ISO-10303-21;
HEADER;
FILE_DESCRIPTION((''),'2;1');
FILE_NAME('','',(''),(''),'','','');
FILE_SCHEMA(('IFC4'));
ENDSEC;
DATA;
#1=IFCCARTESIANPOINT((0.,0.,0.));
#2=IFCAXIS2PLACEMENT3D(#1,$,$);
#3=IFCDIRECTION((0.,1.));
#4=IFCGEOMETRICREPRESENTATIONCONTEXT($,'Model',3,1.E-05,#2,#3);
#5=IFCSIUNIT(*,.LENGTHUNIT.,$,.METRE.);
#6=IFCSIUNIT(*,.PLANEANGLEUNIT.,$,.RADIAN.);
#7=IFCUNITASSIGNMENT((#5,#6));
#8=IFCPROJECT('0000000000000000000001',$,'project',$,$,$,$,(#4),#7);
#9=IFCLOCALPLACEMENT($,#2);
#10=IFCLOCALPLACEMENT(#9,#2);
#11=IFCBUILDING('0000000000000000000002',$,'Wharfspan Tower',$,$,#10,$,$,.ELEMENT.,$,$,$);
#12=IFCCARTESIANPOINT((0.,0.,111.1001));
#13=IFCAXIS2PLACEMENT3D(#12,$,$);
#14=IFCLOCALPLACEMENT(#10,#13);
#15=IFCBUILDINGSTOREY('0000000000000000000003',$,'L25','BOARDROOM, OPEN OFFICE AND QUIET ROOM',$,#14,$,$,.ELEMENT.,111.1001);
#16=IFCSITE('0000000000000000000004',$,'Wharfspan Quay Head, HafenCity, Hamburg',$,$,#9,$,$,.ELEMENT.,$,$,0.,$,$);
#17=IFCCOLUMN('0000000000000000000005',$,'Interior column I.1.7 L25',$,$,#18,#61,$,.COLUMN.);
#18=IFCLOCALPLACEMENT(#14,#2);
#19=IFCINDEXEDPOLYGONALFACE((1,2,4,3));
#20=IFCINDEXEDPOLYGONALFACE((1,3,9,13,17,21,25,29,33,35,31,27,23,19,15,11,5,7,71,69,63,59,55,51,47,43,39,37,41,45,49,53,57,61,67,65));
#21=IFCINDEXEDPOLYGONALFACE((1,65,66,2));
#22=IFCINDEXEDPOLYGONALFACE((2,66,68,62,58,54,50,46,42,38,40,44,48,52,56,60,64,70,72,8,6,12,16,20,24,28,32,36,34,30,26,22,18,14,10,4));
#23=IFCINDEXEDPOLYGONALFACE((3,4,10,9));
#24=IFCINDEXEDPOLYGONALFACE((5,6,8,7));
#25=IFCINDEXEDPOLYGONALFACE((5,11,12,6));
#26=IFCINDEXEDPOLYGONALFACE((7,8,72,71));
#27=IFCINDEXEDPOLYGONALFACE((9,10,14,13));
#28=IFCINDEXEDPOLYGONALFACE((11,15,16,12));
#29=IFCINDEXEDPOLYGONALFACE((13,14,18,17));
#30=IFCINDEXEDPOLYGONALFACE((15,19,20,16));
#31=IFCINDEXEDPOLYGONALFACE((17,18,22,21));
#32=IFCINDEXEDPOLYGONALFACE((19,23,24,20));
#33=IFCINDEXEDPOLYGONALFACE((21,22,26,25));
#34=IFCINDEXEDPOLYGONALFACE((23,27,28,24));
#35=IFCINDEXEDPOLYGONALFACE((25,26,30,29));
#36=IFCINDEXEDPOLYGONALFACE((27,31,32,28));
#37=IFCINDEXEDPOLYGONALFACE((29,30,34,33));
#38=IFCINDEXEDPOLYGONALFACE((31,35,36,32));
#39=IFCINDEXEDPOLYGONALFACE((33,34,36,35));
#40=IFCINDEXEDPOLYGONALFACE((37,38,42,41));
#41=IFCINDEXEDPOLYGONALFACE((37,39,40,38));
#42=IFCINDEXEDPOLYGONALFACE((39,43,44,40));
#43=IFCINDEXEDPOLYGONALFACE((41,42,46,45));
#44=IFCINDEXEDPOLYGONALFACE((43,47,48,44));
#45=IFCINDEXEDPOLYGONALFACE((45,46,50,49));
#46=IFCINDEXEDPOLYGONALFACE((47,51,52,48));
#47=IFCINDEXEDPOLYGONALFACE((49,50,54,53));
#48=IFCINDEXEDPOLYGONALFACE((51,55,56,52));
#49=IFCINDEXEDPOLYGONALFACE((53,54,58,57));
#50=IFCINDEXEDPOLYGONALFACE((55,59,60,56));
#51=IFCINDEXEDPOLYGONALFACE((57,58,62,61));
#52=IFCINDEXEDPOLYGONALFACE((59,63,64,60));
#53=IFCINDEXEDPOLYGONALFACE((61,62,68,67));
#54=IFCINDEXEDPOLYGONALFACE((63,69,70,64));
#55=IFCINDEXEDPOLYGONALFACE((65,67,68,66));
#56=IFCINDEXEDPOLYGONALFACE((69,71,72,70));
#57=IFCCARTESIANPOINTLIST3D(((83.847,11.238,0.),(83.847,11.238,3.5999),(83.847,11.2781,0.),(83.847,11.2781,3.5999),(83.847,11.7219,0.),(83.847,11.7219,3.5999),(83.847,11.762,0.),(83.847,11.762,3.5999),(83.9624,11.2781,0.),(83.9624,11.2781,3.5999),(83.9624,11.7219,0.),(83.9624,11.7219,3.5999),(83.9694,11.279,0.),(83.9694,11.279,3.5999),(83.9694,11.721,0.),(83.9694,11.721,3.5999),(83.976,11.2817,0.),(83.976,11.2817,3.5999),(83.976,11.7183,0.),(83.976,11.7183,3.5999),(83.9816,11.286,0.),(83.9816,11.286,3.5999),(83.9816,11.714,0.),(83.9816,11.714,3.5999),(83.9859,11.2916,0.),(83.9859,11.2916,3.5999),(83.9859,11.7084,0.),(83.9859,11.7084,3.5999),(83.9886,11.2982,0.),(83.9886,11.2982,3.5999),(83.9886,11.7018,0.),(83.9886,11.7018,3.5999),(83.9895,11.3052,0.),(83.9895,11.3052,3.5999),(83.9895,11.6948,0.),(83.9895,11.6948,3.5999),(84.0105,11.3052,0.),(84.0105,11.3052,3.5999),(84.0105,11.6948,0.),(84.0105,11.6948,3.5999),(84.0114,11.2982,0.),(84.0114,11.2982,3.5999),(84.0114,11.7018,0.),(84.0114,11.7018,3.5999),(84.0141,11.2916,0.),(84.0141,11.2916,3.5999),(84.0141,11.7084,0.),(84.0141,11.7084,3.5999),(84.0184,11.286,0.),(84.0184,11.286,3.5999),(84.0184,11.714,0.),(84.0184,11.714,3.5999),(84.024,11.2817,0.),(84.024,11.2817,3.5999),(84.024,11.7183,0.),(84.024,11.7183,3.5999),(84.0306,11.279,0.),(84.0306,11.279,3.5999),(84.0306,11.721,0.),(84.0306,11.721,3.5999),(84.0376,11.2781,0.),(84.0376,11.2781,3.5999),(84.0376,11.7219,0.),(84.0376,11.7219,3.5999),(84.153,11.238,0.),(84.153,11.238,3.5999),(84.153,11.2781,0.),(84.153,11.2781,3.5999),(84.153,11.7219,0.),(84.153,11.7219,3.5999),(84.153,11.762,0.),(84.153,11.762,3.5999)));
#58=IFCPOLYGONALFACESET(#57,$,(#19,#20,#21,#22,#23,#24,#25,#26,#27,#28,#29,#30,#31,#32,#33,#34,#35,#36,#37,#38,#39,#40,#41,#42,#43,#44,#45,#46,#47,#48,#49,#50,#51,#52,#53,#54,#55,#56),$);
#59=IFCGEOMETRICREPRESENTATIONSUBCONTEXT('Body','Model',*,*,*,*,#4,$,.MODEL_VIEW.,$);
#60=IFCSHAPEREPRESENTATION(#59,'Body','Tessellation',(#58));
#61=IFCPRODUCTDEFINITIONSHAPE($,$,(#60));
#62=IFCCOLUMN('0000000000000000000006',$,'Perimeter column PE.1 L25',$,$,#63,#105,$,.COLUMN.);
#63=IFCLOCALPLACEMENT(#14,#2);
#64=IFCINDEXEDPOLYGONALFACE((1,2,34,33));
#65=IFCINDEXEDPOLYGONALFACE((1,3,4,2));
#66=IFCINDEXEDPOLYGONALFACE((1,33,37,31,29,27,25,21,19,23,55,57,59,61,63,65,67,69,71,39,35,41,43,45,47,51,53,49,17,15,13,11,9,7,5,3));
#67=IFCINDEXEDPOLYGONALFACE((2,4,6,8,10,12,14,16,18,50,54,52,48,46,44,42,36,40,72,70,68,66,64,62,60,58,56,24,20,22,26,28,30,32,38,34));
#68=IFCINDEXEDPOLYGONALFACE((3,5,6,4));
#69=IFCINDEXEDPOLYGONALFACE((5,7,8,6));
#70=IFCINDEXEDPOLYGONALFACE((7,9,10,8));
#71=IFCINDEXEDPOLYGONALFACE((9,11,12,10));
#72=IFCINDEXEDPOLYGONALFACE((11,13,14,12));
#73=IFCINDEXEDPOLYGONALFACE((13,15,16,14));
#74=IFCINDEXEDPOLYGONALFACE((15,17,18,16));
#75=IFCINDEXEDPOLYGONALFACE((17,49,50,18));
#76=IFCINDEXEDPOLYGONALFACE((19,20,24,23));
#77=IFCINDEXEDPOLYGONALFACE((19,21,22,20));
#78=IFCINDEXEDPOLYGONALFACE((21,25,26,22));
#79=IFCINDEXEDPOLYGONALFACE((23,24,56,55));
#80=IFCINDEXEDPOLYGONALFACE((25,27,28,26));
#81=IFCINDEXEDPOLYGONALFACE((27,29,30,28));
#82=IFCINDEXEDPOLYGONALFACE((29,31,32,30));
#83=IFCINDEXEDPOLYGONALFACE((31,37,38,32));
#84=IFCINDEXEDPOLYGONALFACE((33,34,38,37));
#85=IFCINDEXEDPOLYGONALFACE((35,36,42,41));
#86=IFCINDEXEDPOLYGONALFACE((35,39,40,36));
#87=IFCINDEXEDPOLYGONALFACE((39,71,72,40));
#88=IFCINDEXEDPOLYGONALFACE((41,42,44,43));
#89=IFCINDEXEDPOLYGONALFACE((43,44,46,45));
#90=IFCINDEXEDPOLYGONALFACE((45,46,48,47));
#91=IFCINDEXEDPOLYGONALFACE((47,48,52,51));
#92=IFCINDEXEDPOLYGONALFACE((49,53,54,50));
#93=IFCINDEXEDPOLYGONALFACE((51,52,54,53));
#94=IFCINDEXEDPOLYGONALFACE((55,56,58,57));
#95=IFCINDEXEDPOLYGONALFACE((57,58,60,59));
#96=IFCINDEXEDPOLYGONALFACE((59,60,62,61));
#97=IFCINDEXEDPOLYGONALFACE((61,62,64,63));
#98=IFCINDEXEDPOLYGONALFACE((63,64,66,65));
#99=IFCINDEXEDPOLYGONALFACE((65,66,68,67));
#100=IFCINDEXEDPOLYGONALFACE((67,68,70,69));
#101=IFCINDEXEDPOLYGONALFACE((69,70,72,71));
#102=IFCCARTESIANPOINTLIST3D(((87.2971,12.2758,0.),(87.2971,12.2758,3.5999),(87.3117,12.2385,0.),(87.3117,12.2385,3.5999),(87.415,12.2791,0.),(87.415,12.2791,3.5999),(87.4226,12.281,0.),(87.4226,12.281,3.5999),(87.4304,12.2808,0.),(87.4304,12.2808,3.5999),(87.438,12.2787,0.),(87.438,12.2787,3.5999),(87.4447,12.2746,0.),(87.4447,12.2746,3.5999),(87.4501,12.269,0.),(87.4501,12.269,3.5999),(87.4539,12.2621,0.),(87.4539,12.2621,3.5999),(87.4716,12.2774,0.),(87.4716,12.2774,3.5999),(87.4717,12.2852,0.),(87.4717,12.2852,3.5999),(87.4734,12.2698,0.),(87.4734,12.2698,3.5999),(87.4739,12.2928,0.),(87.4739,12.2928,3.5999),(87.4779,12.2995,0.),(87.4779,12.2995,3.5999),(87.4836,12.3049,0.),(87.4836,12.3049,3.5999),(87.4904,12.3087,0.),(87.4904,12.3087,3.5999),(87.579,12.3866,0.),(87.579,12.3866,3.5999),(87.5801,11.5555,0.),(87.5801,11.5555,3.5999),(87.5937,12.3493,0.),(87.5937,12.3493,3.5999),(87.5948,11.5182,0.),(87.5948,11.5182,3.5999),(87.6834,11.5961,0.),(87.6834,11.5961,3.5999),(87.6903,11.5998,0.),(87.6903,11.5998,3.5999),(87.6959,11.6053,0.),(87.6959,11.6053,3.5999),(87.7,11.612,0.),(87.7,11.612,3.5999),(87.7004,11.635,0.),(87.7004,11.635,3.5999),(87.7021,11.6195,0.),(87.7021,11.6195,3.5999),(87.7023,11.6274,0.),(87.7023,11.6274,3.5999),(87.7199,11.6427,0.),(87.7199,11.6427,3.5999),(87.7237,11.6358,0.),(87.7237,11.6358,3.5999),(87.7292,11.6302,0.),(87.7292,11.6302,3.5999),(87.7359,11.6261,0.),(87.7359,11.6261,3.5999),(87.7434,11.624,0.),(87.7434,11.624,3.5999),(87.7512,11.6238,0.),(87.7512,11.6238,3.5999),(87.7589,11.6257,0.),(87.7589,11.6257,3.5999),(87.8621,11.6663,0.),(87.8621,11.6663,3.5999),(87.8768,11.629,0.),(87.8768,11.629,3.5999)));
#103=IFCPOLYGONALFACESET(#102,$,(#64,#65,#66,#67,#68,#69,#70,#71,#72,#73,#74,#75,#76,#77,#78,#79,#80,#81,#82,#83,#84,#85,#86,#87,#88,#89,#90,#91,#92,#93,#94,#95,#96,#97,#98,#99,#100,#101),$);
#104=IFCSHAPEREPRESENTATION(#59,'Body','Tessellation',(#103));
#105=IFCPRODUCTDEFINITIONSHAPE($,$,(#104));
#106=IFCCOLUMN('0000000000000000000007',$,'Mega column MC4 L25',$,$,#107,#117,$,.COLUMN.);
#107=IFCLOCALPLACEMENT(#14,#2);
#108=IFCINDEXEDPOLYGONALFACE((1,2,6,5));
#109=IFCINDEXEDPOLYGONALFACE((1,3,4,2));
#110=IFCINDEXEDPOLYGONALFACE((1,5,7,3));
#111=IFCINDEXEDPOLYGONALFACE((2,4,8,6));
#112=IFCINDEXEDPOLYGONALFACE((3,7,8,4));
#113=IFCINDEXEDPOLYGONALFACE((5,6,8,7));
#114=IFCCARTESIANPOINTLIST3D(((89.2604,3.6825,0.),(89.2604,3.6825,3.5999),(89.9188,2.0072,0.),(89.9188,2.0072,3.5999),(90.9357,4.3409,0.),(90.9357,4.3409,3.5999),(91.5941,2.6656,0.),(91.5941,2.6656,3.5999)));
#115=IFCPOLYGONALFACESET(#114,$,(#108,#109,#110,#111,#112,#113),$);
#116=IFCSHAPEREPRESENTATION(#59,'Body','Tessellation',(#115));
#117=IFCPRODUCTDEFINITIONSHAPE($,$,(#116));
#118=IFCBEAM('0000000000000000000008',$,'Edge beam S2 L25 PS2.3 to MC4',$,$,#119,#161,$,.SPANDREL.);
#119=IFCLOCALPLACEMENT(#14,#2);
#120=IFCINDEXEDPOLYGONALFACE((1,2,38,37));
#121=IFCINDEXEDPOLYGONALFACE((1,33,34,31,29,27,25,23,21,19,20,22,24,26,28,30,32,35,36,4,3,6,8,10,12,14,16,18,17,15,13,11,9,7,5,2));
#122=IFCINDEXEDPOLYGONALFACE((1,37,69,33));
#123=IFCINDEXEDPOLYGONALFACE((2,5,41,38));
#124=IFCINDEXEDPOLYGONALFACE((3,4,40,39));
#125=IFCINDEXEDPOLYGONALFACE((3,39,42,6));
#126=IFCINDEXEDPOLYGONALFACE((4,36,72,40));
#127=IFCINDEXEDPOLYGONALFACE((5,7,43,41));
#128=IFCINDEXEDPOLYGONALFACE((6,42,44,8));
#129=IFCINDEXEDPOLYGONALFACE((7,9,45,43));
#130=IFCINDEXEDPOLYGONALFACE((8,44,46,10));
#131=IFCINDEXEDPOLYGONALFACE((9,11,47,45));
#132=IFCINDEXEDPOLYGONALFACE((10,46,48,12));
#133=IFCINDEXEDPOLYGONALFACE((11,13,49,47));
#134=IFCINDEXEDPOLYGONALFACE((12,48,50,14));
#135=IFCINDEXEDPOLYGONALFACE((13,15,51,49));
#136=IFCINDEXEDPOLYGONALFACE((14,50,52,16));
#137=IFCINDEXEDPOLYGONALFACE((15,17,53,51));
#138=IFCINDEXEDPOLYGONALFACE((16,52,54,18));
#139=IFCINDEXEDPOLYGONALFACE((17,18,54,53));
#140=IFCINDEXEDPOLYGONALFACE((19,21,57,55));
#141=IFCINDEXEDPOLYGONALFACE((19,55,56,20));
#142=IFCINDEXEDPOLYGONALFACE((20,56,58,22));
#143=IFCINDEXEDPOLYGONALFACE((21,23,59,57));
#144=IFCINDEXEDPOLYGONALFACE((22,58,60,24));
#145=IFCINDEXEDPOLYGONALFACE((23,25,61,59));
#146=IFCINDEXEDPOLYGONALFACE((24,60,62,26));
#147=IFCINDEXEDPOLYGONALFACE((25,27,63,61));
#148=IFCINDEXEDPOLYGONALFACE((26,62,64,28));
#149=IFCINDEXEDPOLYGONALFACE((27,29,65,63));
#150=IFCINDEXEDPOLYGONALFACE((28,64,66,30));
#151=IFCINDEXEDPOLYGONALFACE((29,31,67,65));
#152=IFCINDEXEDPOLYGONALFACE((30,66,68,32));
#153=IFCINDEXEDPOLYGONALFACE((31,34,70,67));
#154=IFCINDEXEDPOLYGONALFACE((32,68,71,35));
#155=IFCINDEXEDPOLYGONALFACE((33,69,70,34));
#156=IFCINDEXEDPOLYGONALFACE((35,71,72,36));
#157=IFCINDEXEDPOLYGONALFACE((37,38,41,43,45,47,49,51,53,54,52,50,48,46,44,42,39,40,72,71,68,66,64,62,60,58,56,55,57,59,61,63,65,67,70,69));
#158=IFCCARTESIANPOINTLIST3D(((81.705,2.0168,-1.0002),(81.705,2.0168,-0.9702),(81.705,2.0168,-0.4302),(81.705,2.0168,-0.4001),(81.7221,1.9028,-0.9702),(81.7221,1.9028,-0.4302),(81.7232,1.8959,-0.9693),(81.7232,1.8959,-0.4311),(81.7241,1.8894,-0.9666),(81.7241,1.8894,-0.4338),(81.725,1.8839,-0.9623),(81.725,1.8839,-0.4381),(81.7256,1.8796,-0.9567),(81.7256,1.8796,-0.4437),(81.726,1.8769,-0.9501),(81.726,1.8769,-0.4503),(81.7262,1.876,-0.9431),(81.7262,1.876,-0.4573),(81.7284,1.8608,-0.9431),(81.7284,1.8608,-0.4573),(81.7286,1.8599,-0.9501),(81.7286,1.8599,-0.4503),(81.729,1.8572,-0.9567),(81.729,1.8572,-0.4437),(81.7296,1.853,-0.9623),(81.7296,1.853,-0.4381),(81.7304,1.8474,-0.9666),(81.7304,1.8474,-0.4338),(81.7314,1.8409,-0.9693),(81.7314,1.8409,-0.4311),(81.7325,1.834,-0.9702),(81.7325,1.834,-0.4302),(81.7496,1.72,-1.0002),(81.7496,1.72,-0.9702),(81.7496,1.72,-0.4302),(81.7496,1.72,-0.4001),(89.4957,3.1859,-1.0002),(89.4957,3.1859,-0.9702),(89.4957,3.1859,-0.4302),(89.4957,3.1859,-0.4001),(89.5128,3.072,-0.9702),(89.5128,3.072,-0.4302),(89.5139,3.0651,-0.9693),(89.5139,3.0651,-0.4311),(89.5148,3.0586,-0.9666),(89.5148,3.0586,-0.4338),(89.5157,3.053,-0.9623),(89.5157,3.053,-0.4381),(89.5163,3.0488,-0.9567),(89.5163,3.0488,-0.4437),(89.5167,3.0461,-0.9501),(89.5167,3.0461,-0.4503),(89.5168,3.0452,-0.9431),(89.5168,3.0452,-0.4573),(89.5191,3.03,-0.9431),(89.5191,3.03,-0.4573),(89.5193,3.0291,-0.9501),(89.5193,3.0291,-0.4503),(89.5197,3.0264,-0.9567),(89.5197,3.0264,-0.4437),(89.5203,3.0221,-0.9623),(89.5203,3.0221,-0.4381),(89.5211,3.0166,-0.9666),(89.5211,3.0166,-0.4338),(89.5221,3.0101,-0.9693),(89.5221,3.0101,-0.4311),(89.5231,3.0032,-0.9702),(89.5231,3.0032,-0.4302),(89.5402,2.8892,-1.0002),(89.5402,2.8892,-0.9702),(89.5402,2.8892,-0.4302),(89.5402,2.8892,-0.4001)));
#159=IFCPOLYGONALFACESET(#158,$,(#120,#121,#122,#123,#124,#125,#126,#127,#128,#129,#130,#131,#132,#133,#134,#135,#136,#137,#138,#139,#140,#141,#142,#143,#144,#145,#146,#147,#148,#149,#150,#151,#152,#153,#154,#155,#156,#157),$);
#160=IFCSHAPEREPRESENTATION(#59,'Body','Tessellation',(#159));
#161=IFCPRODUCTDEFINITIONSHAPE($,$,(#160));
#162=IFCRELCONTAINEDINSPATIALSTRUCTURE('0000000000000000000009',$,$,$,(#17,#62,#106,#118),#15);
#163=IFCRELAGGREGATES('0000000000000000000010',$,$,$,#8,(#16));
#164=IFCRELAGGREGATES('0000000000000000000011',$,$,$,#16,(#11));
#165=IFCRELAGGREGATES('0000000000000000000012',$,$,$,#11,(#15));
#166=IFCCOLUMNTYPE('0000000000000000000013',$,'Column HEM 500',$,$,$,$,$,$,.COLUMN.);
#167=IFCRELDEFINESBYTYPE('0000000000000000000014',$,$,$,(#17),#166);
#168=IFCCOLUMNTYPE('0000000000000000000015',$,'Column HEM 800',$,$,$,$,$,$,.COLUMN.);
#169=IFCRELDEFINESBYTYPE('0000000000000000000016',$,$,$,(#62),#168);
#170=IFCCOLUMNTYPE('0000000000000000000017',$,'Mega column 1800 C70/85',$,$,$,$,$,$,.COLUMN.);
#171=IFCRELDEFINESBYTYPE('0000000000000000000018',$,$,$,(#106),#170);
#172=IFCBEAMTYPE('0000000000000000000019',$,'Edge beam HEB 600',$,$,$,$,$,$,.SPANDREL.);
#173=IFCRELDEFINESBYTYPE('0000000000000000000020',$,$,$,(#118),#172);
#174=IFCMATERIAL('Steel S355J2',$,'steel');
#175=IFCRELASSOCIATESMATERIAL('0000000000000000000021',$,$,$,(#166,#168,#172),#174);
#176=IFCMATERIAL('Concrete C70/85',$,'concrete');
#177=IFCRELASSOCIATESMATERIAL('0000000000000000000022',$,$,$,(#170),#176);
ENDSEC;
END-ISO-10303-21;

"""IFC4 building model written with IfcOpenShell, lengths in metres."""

from ifc_helpers import new_model, si_unit, direction, frame, origin, origin_2d, place, context, subcontext, project, spatial, rectangle, i_section, extrude, material, material_profile, profile_set, type_object, element, save


model = new_model("IFC4")

# Units and contexts
model_context = context("Model", 3, precision=1e-05, world=origin(), true_north=direction((0.0, 1.0)))
body_context = subcontext(model_context, "Body", "Model", "MODEL_VIEW")
ifc_project = project(units=[si_unit("LENGTHUNIT", "METRE"), si_unit("PLANEANGLEUNIT", "RADIAN")], contexts=[model_context])

# Site, building, storey
site_placement = place(None, origin())
site = spatial("IfcSite", under=ifc_project, at=site_placement, Name="Wharfspan Quay Head, HafenCity, Hamburg", CompositionType="ELEMENT", RefElevation=0.0)
building_placement = place(site_placement, origin())
building = spatial("IfcBuilding", under=site, at=building_placement, Name="Wharfspan Tower", CompositionType="ELEMENT")
storey_placement = place(building_placement, frame((0.0, 0.0, 111.1001)))
storey = spatial("IfcBuildingStorey", under=building, at=storey_placement, Name="L25", Description="BOARDROOM, OPEN OFFICE AND QUIET ROOM", CompositionType="ELEMENT", Elevation=111.1001)

# Columns
ifc_material_1 = material(Name="Steel S355J2", Category="steel")
ifc_material_profile_1 = material_profile(ifc_material_1, i_section(OverallWidth=0.3059, OverallDepth=0.5239, WebThickness=0.021, FlangeThickness=0.04, FilletRadius=0.0271, at=origin_2d()))
ifc_profile_set_1 = profile_set([ifc_material_profile_1], Name="Steel S355J2")
column_type_1 = type_object("IfcColumnType", Name="Column HEM 500", PredefinedType="COLUMN", material=ifc_profile_set_1)
column_1_placement = place(storey_placement, frame((84.0, 11.5, 0.0), z_axis=(0.0, 0.0, 1.0), x_axis=(1.0, 0.0, 0.0)))
element("IfcColumn", 1, at=column_1_placement, inside=storey, type_object=column_type_1, Name="Interior column I.1.7 L25", PredefinedType="COLUMN", context=body_context, shape_type="SweptSolid", body=[
    extrude(i_section(OverallWidth=0.3059, OverallDepth=0.5239, WebThickness=0.021, FlangeThickness=0.04, FilletRadius=0.0271, at=origin_2d()), origin(), (0.0, 0.0, 1.0), 3.5999),
])
ifc_material_profile_2 = material_profile(ifc_material_1, i_section(OverallWidth=0.303, OverallDepth=0.814, WebThickness=0.021, FlangeThickness=0.04, FilletRadius=0.03, at=origin_2d()))
ifc_profile_set_2 = profile_set([ifc_material_profile_2], Name="Steel S355J2")
column_type_2 = type_object("IfcColumnType", Name="Column HEM 800", PredefinedType="COLUMN", material=ifc_profile_set_2)
column_2_placement = place(storey_placement, frame((87.5869, 11.9524, 0.0), z_axis=(0.0, 0.0, 1.0), x_axis=(0.930702, 0.365778, 0.0)))
element("IfcColumn", 2, at=column_2_placement, inside=storey, type_object=column_type_2, Name="Perimeter column PE.1 L25", PredefinedType="COLUMN", context=body_context, shape_type="SweptSolid", body=[
    extrude(i_section(OverallWidth=0.303, OverallDepth=0.814, WebThickness=0.021, FlangeThickness=0.04, FilletRadius=0.03, at=origin_2d()), origin(), (0.0, 0.0, 1.0), 3.5999),
])
ifc_material_2 = material(Name="Concrete C70/85", Category="concrete")
ifc_material_profile_3 = material_profile(ifc_material_2, rectangle(XDim=1.8, YDim=1.8, at=origin_2d()))
ifc_profile_set_3 = profile_set([ifc_material_profile_3], Name="Concrete C70/85")
column_type_3 = type_object("IfcColumnType", Name="Mega column 1800 C70/85", PredefinedType="COLUMN", material=ifc_profile_set_3)
column_3_placement = place(storey_placement, frame((90.4272, 3.1741, 0.0), z_axis=(0.0, 0.0, 1.0), x_axis=(-0.365778, 0.930702, 0.0)))
element("IfcColumn", 3, at=column_3_placement, inside=storey, type_object=column_type_3, Name="Mega column MC4 L25", PredefinedType="COLUMN", context=body_context, shape_type="SweptSolid", body=[
    extrude(rectangle(XDim=1.8, YDim=1.8, at=origin_2d()), origin(), (0.0, 0.0, 1.0), 3.5999),
])

# Beam
ifc_material_profile_4 = material_profile(ifc_material_1, i_section(OverallWidth=0.3, OverallDepth=0.6001, WebThickness=0.0154, FlangeThickness=0.03, FilletRadius=0.0271, at=origin_2d()))
ifc_profile_set_4 = profile_set([ifc_material_profile_4], Name="Steel S355J2")
beam_type = type_object("IfcBeamType", Name="Edge beam HEB 600", PredefinedType="SPANDREL", material=ifc_profile_set_4)
beam_1_placement = place(storey_placement, frame((81.7273, 1.8684, -0.7002), z_axis=(0.988926, 0.148412, 0.0), x_axis=(-0.148412, 0.988926, 0.0)))
element("IfcBeam", 4, at=beam_1_placement, inside=storey, type_object=beam_type, Name="Edge beam S2 L25 PS2.3 to MC4", PredefinedType="SPANDREL", context=body_context, shape_type="SweptSolid", body=[
    extrude(i_section(OverallWidth=0.3, OverallDepth=0.6001, WebThickness=0.0154, FlangeThickness=0.03, FilletRadius=0.0271, at=origin_2d()), origin(), (0.0, 0.0, 1.0), 7.8779),
])

save(model, "model.ifc")
